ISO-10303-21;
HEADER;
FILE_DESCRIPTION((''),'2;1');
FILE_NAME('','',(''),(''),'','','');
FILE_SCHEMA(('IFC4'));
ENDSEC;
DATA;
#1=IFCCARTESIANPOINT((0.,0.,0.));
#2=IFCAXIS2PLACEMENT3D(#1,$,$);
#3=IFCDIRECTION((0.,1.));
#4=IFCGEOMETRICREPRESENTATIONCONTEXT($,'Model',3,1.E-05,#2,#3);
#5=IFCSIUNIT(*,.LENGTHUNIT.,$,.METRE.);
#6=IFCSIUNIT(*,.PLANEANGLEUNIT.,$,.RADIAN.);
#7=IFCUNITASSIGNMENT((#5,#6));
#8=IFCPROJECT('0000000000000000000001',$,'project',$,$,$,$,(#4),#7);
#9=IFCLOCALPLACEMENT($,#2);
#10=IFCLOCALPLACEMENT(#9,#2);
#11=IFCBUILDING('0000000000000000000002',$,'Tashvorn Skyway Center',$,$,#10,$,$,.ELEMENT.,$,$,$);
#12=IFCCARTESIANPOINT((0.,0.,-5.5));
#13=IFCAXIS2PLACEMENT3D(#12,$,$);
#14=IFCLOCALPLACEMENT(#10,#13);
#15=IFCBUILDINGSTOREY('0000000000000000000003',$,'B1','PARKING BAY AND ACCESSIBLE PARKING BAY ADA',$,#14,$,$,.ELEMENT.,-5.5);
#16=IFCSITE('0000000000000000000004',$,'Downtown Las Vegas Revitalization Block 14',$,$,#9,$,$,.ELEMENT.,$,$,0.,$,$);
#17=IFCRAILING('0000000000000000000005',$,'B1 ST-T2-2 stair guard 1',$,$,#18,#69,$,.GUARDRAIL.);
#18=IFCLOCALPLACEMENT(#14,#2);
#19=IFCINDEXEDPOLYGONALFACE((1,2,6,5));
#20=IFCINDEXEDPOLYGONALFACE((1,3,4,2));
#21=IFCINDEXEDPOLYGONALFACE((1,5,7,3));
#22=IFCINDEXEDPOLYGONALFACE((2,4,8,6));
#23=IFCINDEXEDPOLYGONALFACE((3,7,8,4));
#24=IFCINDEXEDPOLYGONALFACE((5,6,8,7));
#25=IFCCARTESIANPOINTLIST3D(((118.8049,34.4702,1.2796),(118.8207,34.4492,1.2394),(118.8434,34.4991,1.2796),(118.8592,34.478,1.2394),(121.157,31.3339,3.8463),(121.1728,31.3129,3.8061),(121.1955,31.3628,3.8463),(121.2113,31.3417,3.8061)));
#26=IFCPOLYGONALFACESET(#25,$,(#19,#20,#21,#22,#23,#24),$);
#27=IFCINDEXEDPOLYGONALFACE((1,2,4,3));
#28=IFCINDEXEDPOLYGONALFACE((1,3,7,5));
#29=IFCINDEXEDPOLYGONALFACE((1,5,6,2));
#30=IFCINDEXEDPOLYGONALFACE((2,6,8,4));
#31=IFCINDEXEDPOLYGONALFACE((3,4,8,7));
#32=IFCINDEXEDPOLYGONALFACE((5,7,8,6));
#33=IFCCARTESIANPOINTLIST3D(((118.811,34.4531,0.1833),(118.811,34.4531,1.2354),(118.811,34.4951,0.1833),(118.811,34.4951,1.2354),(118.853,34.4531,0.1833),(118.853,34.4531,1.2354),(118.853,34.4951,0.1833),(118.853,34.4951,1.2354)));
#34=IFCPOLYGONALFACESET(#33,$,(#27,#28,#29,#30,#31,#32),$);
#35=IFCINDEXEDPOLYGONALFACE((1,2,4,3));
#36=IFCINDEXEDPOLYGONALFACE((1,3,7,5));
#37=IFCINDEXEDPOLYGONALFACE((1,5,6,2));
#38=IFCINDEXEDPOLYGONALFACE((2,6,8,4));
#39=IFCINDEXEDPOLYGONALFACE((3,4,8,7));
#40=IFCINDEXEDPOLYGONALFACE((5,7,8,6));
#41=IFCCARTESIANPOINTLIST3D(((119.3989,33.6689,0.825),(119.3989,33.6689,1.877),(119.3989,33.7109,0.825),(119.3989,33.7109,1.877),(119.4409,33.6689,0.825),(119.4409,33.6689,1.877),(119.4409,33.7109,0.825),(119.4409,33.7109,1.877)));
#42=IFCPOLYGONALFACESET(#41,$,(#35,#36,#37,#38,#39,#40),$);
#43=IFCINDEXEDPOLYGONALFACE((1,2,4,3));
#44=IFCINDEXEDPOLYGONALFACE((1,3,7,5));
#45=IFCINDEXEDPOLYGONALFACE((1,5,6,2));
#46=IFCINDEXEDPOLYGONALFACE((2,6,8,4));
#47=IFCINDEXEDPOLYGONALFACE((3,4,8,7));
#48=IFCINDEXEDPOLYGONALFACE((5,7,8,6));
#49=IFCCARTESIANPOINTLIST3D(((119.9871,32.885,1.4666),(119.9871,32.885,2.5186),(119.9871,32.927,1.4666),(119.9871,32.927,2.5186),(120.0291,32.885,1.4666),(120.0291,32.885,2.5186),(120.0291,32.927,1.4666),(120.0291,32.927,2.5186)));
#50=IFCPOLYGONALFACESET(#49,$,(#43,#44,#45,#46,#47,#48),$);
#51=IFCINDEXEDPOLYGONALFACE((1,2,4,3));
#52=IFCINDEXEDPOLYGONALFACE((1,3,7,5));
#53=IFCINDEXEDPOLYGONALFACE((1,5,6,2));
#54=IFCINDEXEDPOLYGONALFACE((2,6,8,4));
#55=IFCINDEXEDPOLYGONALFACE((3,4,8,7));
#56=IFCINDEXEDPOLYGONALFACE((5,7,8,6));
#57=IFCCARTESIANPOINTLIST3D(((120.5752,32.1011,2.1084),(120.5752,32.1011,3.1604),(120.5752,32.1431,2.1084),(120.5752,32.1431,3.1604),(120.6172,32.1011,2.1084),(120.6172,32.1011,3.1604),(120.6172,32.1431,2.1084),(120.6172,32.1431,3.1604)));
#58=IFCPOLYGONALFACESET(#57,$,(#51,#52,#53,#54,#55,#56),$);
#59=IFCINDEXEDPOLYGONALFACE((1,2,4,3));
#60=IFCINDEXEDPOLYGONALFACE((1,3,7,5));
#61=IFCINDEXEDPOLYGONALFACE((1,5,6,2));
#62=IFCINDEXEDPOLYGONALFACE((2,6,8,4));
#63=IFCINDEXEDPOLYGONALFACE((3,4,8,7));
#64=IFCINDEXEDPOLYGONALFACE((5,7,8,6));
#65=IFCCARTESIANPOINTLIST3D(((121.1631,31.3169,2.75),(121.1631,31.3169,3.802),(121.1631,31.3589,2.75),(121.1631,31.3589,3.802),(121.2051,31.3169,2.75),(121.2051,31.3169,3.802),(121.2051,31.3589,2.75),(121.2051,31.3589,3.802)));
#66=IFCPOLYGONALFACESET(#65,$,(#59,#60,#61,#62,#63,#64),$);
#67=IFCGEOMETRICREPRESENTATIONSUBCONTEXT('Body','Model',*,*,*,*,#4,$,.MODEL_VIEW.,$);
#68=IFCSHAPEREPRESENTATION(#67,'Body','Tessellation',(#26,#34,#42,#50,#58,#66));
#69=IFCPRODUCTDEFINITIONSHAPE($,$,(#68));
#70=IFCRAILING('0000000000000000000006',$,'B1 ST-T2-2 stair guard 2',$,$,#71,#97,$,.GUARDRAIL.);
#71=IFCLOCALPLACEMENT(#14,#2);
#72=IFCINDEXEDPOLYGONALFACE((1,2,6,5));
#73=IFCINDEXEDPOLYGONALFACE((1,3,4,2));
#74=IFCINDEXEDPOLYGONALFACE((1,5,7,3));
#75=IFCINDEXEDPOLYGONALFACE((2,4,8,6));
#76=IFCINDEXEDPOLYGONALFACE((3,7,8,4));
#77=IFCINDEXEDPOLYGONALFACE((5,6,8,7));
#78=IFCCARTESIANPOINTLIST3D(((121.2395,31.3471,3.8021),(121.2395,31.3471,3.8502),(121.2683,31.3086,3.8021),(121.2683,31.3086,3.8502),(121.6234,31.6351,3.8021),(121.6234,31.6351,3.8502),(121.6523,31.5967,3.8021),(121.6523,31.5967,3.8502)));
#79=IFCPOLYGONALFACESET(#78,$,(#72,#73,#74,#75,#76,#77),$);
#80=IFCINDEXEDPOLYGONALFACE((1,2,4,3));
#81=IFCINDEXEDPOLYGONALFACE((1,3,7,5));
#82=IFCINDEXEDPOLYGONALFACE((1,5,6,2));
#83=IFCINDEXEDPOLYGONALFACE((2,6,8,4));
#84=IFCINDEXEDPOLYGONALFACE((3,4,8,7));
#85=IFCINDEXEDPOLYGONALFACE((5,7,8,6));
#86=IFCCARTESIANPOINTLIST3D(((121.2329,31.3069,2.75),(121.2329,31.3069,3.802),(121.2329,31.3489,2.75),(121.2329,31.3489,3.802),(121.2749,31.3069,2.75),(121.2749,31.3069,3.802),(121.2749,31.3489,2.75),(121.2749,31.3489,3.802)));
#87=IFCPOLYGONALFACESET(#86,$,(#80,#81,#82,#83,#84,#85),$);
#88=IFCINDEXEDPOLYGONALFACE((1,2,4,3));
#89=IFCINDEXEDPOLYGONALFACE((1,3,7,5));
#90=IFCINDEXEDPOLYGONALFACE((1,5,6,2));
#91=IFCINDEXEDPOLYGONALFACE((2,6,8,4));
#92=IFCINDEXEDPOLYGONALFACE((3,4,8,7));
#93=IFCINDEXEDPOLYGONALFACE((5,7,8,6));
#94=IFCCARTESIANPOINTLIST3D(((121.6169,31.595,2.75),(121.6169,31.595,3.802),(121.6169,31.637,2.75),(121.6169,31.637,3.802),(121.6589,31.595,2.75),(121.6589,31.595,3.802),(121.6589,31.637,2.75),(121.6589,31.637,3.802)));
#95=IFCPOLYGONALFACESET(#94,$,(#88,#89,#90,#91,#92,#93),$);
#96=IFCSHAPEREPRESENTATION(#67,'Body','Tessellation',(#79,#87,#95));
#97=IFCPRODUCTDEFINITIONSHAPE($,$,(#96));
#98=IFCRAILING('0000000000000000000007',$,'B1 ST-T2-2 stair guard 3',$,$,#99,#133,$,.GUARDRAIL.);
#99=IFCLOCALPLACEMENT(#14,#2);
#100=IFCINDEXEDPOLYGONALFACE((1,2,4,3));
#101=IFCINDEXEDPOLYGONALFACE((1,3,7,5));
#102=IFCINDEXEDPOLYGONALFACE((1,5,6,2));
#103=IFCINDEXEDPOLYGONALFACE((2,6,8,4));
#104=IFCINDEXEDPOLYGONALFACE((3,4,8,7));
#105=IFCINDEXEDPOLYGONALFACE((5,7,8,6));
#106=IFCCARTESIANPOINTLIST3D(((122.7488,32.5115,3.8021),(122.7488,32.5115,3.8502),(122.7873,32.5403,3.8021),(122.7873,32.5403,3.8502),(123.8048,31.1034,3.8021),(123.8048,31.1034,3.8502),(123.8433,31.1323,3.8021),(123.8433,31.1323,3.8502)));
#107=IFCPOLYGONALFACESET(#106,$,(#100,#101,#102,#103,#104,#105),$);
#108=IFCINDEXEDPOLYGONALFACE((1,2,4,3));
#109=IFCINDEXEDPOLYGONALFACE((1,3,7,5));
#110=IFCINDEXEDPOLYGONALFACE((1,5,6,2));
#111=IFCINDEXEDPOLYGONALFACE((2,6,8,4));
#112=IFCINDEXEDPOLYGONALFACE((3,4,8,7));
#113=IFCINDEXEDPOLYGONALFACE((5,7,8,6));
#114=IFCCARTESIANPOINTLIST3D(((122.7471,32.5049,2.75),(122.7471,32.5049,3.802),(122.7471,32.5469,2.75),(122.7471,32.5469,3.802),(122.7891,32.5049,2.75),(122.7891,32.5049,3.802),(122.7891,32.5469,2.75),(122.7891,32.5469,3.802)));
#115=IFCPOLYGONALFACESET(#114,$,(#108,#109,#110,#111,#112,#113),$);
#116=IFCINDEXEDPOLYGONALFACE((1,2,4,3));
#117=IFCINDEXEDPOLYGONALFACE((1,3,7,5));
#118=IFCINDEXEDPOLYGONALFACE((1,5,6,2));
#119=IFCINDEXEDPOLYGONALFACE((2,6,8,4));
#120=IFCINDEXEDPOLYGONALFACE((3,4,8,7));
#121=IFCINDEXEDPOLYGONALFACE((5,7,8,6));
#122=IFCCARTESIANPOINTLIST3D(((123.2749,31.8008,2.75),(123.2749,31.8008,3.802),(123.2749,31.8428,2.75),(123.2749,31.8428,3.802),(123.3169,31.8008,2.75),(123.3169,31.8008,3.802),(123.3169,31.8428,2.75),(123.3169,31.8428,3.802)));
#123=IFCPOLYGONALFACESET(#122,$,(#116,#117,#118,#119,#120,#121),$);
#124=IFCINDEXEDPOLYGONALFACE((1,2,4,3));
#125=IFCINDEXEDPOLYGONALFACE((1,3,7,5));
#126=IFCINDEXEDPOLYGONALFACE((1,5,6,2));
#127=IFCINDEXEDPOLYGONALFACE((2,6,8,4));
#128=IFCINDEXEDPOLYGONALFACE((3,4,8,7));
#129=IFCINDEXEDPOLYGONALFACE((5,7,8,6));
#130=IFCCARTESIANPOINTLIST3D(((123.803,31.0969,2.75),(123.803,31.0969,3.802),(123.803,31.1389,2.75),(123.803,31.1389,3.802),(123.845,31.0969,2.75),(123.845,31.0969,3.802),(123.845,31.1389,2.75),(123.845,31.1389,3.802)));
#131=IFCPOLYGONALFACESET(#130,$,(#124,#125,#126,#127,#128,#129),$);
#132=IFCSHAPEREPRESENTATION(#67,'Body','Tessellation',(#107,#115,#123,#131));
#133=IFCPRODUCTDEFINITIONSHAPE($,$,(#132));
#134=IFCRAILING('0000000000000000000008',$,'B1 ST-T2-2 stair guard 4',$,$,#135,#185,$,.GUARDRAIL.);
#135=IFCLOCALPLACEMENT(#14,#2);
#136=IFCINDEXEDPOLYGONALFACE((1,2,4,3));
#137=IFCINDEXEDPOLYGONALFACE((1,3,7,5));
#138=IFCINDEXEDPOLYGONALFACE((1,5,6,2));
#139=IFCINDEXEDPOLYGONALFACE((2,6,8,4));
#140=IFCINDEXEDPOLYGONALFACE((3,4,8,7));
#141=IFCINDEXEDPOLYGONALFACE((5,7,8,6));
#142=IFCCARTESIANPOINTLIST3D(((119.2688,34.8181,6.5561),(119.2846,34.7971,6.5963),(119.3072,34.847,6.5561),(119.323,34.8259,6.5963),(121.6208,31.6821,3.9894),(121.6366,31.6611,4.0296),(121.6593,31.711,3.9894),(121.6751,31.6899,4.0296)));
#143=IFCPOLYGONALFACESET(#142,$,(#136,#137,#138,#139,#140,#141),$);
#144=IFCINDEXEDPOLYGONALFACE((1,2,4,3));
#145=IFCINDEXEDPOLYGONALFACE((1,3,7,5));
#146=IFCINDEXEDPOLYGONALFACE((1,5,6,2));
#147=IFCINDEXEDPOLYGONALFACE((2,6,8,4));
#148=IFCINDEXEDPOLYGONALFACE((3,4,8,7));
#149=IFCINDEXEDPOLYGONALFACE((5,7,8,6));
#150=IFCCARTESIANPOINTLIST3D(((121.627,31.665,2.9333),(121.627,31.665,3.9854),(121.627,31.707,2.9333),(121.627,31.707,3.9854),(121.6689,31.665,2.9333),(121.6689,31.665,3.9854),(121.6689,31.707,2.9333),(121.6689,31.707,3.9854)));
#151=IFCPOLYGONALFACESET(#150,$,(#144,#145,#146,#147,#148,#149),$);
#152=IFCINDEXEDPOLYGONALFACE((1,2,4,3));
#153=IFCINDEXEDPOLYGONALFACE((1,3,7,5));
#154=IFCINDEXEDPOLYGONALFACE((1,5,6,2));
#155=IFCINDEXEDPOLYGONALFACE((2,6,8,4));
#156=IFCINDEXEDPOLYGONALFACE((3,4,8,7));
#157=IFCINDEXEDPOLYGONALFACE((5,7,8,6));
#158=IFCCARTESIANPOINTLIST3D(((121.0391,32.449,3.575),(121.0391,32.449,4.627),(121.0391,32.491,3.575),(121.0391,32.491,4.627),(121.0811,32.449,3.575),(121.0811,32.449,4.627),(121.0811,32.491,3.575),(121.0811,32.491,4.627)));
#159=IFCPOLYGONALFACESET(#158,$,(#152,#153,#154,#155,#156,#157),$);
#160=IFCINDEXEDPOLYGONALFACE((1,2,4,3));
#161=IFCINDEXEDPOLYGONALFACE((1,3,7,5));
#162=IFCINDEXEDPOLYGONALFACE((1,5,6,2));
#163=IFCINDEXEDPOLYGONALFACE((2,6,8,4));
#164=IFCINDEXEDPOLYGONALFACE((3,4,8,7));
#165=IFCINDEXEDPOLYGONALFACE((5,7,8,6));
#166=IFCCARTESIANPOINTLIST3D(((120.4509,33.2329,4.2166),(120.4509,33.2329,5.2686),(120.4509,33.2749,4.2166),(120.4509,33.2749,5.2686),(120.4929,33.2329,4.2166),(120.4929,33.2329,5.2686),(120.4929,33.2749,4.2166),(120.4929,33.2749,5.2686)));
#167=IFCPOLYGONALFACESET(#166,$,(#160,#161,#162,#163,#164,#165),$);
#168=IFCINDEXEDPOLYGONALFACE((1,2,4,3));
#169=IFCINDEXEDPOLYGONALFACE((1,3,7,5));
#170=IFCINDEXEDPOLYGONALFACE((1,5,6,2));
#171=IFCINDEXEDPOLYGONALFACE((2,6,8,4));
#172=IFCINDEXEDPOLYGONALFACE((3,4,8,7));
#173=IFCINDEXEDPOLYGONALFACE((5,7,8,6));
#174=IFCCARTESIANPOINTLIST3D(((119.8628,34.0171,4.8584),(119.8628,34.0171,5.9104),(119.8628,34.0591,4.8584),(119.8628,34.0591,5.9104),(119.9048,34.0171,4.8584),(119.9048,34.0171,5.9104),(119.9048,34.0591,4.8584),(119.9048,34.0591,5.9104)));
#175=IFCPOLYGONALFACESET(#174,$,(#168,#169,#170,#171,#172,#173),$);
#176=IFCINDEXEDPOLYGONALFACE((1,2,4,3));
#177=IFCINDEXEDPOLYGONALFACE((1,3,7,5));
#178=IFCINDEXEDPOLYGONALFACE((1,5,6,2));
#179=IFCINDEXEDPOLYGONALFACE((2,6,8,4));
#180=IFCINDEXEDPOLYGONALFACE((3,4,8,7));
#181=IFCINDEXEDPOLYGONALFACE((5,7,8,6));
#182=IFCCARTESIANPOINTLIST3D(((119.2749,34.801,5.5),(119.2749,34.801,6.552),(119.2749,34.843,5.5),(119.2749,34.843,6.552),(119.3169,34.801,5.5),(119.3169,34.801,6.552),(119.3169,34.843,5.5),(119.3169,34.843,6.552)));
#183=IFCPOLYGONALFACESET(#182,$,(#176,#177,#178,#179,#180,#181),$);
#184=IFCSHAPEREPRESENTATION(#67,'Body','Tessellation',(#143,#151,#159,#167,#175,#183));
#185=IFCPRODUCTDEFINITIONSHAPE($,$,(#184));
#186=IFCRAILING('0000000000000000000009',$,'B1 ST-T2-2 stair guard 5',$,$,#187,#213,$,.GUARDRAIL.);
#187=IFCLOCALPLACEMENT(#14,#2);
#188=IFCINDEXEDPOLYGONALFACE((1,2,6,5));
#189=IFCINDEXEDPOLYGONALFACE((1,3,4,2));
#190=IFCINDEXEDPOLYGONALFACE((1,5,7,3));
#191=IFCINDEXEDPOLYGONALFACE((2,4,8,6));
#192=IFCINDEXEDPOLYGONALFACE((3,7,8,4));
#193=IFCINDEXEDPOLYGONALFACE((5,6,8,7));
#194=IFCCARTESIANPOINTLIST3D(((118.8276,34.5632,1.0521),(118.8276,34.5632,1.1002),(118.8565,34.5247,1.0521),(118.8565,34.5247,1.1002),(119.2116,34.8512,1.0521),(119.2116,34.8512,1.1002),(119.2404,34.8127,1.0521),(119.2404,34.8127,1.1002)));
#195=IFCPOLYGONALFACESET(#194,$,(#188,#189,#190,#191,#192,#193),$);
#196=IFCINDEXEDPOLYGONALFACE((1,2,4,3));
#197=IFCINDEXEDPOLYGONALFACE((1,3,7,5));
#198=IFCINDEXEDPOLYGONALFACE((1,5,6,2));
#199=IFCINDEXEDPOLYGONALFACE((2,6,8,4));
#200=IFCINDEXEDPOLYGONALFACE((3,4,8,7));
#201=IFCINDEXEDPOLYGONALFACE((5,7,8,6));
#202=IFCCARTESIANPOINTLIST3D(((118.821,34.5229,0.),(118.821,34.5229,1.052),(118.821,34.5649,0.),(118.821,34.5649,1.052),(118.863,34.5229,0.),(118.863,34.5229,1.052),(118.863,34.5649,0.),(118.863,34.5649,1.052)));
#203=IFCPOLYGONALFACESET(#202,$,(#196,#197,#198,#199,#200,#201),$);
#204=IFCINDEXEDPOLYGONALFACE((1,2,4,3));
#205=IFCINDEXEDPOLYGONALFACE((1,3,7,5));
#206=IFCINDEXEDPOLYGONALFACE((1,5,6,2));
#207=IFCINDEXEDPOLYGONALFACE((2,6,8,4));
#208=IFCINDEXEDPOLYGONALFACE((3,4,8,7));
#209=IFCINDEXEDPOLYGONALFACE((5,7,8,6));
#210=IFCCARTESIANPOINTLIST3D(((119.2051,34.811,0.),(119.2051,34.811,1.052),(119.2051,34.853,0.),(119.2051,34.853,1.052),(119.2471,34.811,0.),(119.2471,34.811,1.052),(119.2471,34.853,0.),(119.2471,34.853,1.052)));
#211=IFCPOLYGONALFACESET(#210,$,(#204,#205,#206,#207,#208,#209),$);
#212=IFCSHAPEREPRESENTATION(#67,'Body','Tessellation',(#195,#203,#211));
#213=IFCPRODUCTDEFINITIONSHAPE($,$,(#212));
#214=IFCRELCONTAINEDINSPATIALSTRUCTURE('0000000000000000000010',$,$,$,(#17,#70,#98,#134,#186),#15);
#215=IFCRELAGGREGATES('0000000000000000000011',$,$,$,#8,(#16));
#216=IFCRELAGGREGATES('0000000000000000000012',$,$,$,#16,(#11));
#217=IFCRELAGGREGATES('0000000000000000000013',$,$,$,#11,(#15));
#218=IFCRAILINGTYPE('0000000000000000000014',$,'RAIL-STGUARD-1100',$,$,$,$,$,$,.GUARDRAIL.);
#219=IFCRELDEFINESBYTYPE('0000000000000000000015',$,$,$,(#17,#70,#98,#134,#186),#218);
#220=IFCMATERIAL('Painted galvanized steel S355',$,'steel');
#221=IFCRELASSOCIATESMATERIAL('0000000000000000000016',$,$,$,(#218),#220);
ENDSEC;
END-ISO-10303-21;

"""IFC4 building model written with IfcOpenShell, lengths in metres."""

from ifc_helpers import new_model, si_unit, direction, frame, origin, origin_2d, place, context, subcontext, project, spatial, rectangle, extrude, material, type_object, element, save


model = new_model("IFC4")

# Units and contexts
model_context = context("Model", 3, precision=1e-05, world=origin(), true_north=direction((0.0, 1.0)))
body_context = subcontext(model_context, "Body", "Model", "MODEL_VIEW")
ifc_project = project(units=[si_unit("LENGTHUNIT", "METRE"), si_unit("PLANEANGLEUNIT", "RADIAN")], contexts=[model_context])

# Site, building, storey
site_placement = place(None, origin())
site = spatial("IfcSite", under=ifc_project, at=site_placement, Name="Downtown Las Vegas Revitalization Block 14", CompositionType="ELEMENT", RefElevation=0.0)
building_placement = place(site_placement, origin())
building = spatial("IfcBuilding", under=site, at=building_placement, Name="Tashvorn Skyway Center", CompositionType="ELEMENT")
storey_placement = place(building_placement, frame((0.0, 0.0, -5.5)))
storey = spatial("IfcBuildingStorey", under=building, at=storey_placement, Name="B1", Description="PARKING BAY AND ACCESSIBLE PARKING BAY ADA", CompositionType="ELEMENT", Elevation=-5.5)

# Railings
ifc_material_1 = material(Name="Painted galvanized steel S355", Category="steel")
railing_type_1 = type_object("IfcRailingType", Name="RAIL-STGUARD-1100", PredefinedType="GUARDRAIL", material=ifc_material_1)
railing_1_placement = place(storey_placement, frame((118.832, 34.4741, 0.1833)))
element("IfcRailing", 1, at=railing_1_placement, inside=storey, type_object=railing_type_1, Name="B1 ST-T2-2 stair guard 1", PredefinedType="GUARDRAIL", context=body_context, shape_type="SweptSolid", body=[
    extrude(rectangle(XDim=0.0481, YDim=0.0481, at=origin_2d()), frame((0.0, 0.0, 1.0762), z_axis=(0.501964, -0.66932, 0.547762), x_axis=(0.800015, 0.59998, 0.0)), (0.0, 0.0, 1.0), 4.6858),
    extrude(rectangle(XDim=0.042, YDim=0.042, at=origin_2d()), origin(), (0.0, 0.0, 1.0), 1.052),
    extrude(rectangle(XDim=0.042, YDim=0.042, at=origin_2d()), frame((0.5879, -0.7842, 0.6416)), (0.0, 0.0, 1.0), 1.052),
    extrude(rectangle(XDim=0.042, YDim=0.042, at=origin_2d()), frame((1.176, -1.5681, 1.2832)), (0.0, 0.0, 1.0), 1.052),
    extrude(rectangle(XDim=0.042, YDim=0.042, at=origin_2d()), frame((1.7642, -2.3521, 1.925)), (0.0, 0.0, 1.0), 1.052),
    extrude(rectangle(XDim=0.042, YDim=0.042, at=origin_2d()), frame((2.3521, -3.1362, 2.5667)), (0.0, 0.0, 1.0), 1.052),
])
railing_2_placement = place(storey_placement, frame((121.2539, 31.3279, 2.75)))
element("IfcRailing", 2, at=railing_2_placement, inside=storey, type_object=railing_type_1, Name="B1 ST-T2-2 stair guard 2", PredefinedType="GUARDRAIL", context=body_context, shape_type="SweptSolid", body=[
    extrude(rectangle(XDim=0.0481, YDim=0.0481, at=origin_2d()), frame((0.0, 0.0, 1.0762), z_axis=(0.799939, 0.600081, 0.0), x_axis=(-0.600081, 0.799939, 0.0)), (0.0, 0.0, 1.0), 0.48),
    extrude(rectangle(XDim=0.042, YDim=0.042, at=origin_2d()), origin(), (0.0, 0.0, 1.0), 1.052),
    extrude(rectangle(XDim=0.042, YDim=0.042, at=origin_2d()), frame((0.384, 0.2881, 0.0)), (0.0, 0.0, 1.0), 1.052),
])
railing_3_placement = place(storey_placement, frame((122.7681, 32.5259, 2.75)))
element("IfcRailing", 3, at=railing_3_placement, inside=storey, type_object=railing_type_1, Name="B1 ST-T2-2 stair guard 3", PredefinedType="GUARDRAIL", context=body_context, shape_type="SweptSolid", body=[
    extrude(rectangle(XDim=0.0481, YDim=0.0481, at=origin_2d()), frame((0.0, 0.0, 1.0762), z_axis=(0.599978, -0.800017, 0.0), x_axis=(0.800017, 0.599978, 0.0)), (0.0, 0.0, 1.0), 1.76),
    extrude(rectangle(XDim=0.042, YDim=0.042, at=origin_2d()), origin(), (0.0, 0.0, 1.0), 1.052),
    extrude(rectangle(XDim=0.042, YDim=0.042, at=origin_2d()), frame((0.5278, -0.7041, 0.0)), (0.0, 0.0, 1.0), 1.052),
    extrude(rectangle(XDim=0.042, YDim=0.042, at=origin_2d()), frame((1.0559, -1.408, 0.0)), (0.0, 0.0, 1.0), 1.052),
])
railing_4_placement = place(storey_placement, frame((121.6479, 31.686, 2.9333)))
element("IfcRailing", 4, at=railing_4_placement, inside=storey, type_object=railing_type_1, Name="B1 ST-T2-2 stair guard 4", PredefinedType="GUARDRAIL", context=body_context, shape_type="SweptSolid", body=[
    extrude(rectangle(XDim=0.0481, YDim=0.0481, at=origin_2d()), frame((0.0, 0.0, 1.0762), z_axis=(-0.501981, 0.669291, 0.547782), x_axis=(-0.799993, -0.60001, 0.0)), (0.0, 0.0, 1.0), 4.6855),
    extrude(rectangle(XDim=0.042, YDim=0.042, at=origin_2d()), origin(), (0.0, 0.0, 1.0), 1.052),
    extrude(rectangle(XDim=0.042, YDim=0.042, at=origin_2d()), frame((-0.5879, 0.7839, 0.6416)), (0.0, 0.0, 1.0), 1.052),
    extrude(rectangle(XDim=0.042, YDim=0.042, at=origin_2d()), frame((-1.176, 1.5679, 1.2832)), (0.0, 0.0, 1.0), 1.052),
    extrude(rectangle(XDim=0.042, YDim=0.042, at=origin_2d()), frame((-1.7642, 2.3521, 1.925)), (0.0, 0.0, 1.0), 1.052),
    extrude(rectangle(XDim=0.042, YDim=0.042, at=origin_2d()), frame((-2.3521, 3.136, 2.5667)), (0.0, 0.0, 1.0), 1.052),
])
railing_5_placement = place(storey_placement, frame((118.842, 34.5439, 0.0)))
element("IfcRailing", 5, at=railing_5_placement, inside=storey, type_object=railing_type_1, Name="B1 ST-T2-2 stair guard 5", PredefinedType="GUARDRAIL", context=body_context, shape_type="SweptSolid", body=[
    extrude(rectangle(XDim=0.0481, YDim=0.0481, at=origin_2d()), frame((0.0, 0.0, 1.0762), z_axis=(0.799939, 0.600081, 0.0), x_axis=(-0.600081, 0.799939, 0.0)), (0.0, 0.0, 1.0), 0.48),
    extrude(rectangle(XDim=0.042, YDim=0.042, at=origin_2d()), origin(), (0.0, 0.0, 1.0), 1.052),
    extrude(rectangle(XDim=0.042, YDim=0.042, at=origin_2d()), frame((0.384, 0.2881, 0.0)), (0.0, 0.0, 1.0), 1.052),
])

save(model, "model.ifc")
